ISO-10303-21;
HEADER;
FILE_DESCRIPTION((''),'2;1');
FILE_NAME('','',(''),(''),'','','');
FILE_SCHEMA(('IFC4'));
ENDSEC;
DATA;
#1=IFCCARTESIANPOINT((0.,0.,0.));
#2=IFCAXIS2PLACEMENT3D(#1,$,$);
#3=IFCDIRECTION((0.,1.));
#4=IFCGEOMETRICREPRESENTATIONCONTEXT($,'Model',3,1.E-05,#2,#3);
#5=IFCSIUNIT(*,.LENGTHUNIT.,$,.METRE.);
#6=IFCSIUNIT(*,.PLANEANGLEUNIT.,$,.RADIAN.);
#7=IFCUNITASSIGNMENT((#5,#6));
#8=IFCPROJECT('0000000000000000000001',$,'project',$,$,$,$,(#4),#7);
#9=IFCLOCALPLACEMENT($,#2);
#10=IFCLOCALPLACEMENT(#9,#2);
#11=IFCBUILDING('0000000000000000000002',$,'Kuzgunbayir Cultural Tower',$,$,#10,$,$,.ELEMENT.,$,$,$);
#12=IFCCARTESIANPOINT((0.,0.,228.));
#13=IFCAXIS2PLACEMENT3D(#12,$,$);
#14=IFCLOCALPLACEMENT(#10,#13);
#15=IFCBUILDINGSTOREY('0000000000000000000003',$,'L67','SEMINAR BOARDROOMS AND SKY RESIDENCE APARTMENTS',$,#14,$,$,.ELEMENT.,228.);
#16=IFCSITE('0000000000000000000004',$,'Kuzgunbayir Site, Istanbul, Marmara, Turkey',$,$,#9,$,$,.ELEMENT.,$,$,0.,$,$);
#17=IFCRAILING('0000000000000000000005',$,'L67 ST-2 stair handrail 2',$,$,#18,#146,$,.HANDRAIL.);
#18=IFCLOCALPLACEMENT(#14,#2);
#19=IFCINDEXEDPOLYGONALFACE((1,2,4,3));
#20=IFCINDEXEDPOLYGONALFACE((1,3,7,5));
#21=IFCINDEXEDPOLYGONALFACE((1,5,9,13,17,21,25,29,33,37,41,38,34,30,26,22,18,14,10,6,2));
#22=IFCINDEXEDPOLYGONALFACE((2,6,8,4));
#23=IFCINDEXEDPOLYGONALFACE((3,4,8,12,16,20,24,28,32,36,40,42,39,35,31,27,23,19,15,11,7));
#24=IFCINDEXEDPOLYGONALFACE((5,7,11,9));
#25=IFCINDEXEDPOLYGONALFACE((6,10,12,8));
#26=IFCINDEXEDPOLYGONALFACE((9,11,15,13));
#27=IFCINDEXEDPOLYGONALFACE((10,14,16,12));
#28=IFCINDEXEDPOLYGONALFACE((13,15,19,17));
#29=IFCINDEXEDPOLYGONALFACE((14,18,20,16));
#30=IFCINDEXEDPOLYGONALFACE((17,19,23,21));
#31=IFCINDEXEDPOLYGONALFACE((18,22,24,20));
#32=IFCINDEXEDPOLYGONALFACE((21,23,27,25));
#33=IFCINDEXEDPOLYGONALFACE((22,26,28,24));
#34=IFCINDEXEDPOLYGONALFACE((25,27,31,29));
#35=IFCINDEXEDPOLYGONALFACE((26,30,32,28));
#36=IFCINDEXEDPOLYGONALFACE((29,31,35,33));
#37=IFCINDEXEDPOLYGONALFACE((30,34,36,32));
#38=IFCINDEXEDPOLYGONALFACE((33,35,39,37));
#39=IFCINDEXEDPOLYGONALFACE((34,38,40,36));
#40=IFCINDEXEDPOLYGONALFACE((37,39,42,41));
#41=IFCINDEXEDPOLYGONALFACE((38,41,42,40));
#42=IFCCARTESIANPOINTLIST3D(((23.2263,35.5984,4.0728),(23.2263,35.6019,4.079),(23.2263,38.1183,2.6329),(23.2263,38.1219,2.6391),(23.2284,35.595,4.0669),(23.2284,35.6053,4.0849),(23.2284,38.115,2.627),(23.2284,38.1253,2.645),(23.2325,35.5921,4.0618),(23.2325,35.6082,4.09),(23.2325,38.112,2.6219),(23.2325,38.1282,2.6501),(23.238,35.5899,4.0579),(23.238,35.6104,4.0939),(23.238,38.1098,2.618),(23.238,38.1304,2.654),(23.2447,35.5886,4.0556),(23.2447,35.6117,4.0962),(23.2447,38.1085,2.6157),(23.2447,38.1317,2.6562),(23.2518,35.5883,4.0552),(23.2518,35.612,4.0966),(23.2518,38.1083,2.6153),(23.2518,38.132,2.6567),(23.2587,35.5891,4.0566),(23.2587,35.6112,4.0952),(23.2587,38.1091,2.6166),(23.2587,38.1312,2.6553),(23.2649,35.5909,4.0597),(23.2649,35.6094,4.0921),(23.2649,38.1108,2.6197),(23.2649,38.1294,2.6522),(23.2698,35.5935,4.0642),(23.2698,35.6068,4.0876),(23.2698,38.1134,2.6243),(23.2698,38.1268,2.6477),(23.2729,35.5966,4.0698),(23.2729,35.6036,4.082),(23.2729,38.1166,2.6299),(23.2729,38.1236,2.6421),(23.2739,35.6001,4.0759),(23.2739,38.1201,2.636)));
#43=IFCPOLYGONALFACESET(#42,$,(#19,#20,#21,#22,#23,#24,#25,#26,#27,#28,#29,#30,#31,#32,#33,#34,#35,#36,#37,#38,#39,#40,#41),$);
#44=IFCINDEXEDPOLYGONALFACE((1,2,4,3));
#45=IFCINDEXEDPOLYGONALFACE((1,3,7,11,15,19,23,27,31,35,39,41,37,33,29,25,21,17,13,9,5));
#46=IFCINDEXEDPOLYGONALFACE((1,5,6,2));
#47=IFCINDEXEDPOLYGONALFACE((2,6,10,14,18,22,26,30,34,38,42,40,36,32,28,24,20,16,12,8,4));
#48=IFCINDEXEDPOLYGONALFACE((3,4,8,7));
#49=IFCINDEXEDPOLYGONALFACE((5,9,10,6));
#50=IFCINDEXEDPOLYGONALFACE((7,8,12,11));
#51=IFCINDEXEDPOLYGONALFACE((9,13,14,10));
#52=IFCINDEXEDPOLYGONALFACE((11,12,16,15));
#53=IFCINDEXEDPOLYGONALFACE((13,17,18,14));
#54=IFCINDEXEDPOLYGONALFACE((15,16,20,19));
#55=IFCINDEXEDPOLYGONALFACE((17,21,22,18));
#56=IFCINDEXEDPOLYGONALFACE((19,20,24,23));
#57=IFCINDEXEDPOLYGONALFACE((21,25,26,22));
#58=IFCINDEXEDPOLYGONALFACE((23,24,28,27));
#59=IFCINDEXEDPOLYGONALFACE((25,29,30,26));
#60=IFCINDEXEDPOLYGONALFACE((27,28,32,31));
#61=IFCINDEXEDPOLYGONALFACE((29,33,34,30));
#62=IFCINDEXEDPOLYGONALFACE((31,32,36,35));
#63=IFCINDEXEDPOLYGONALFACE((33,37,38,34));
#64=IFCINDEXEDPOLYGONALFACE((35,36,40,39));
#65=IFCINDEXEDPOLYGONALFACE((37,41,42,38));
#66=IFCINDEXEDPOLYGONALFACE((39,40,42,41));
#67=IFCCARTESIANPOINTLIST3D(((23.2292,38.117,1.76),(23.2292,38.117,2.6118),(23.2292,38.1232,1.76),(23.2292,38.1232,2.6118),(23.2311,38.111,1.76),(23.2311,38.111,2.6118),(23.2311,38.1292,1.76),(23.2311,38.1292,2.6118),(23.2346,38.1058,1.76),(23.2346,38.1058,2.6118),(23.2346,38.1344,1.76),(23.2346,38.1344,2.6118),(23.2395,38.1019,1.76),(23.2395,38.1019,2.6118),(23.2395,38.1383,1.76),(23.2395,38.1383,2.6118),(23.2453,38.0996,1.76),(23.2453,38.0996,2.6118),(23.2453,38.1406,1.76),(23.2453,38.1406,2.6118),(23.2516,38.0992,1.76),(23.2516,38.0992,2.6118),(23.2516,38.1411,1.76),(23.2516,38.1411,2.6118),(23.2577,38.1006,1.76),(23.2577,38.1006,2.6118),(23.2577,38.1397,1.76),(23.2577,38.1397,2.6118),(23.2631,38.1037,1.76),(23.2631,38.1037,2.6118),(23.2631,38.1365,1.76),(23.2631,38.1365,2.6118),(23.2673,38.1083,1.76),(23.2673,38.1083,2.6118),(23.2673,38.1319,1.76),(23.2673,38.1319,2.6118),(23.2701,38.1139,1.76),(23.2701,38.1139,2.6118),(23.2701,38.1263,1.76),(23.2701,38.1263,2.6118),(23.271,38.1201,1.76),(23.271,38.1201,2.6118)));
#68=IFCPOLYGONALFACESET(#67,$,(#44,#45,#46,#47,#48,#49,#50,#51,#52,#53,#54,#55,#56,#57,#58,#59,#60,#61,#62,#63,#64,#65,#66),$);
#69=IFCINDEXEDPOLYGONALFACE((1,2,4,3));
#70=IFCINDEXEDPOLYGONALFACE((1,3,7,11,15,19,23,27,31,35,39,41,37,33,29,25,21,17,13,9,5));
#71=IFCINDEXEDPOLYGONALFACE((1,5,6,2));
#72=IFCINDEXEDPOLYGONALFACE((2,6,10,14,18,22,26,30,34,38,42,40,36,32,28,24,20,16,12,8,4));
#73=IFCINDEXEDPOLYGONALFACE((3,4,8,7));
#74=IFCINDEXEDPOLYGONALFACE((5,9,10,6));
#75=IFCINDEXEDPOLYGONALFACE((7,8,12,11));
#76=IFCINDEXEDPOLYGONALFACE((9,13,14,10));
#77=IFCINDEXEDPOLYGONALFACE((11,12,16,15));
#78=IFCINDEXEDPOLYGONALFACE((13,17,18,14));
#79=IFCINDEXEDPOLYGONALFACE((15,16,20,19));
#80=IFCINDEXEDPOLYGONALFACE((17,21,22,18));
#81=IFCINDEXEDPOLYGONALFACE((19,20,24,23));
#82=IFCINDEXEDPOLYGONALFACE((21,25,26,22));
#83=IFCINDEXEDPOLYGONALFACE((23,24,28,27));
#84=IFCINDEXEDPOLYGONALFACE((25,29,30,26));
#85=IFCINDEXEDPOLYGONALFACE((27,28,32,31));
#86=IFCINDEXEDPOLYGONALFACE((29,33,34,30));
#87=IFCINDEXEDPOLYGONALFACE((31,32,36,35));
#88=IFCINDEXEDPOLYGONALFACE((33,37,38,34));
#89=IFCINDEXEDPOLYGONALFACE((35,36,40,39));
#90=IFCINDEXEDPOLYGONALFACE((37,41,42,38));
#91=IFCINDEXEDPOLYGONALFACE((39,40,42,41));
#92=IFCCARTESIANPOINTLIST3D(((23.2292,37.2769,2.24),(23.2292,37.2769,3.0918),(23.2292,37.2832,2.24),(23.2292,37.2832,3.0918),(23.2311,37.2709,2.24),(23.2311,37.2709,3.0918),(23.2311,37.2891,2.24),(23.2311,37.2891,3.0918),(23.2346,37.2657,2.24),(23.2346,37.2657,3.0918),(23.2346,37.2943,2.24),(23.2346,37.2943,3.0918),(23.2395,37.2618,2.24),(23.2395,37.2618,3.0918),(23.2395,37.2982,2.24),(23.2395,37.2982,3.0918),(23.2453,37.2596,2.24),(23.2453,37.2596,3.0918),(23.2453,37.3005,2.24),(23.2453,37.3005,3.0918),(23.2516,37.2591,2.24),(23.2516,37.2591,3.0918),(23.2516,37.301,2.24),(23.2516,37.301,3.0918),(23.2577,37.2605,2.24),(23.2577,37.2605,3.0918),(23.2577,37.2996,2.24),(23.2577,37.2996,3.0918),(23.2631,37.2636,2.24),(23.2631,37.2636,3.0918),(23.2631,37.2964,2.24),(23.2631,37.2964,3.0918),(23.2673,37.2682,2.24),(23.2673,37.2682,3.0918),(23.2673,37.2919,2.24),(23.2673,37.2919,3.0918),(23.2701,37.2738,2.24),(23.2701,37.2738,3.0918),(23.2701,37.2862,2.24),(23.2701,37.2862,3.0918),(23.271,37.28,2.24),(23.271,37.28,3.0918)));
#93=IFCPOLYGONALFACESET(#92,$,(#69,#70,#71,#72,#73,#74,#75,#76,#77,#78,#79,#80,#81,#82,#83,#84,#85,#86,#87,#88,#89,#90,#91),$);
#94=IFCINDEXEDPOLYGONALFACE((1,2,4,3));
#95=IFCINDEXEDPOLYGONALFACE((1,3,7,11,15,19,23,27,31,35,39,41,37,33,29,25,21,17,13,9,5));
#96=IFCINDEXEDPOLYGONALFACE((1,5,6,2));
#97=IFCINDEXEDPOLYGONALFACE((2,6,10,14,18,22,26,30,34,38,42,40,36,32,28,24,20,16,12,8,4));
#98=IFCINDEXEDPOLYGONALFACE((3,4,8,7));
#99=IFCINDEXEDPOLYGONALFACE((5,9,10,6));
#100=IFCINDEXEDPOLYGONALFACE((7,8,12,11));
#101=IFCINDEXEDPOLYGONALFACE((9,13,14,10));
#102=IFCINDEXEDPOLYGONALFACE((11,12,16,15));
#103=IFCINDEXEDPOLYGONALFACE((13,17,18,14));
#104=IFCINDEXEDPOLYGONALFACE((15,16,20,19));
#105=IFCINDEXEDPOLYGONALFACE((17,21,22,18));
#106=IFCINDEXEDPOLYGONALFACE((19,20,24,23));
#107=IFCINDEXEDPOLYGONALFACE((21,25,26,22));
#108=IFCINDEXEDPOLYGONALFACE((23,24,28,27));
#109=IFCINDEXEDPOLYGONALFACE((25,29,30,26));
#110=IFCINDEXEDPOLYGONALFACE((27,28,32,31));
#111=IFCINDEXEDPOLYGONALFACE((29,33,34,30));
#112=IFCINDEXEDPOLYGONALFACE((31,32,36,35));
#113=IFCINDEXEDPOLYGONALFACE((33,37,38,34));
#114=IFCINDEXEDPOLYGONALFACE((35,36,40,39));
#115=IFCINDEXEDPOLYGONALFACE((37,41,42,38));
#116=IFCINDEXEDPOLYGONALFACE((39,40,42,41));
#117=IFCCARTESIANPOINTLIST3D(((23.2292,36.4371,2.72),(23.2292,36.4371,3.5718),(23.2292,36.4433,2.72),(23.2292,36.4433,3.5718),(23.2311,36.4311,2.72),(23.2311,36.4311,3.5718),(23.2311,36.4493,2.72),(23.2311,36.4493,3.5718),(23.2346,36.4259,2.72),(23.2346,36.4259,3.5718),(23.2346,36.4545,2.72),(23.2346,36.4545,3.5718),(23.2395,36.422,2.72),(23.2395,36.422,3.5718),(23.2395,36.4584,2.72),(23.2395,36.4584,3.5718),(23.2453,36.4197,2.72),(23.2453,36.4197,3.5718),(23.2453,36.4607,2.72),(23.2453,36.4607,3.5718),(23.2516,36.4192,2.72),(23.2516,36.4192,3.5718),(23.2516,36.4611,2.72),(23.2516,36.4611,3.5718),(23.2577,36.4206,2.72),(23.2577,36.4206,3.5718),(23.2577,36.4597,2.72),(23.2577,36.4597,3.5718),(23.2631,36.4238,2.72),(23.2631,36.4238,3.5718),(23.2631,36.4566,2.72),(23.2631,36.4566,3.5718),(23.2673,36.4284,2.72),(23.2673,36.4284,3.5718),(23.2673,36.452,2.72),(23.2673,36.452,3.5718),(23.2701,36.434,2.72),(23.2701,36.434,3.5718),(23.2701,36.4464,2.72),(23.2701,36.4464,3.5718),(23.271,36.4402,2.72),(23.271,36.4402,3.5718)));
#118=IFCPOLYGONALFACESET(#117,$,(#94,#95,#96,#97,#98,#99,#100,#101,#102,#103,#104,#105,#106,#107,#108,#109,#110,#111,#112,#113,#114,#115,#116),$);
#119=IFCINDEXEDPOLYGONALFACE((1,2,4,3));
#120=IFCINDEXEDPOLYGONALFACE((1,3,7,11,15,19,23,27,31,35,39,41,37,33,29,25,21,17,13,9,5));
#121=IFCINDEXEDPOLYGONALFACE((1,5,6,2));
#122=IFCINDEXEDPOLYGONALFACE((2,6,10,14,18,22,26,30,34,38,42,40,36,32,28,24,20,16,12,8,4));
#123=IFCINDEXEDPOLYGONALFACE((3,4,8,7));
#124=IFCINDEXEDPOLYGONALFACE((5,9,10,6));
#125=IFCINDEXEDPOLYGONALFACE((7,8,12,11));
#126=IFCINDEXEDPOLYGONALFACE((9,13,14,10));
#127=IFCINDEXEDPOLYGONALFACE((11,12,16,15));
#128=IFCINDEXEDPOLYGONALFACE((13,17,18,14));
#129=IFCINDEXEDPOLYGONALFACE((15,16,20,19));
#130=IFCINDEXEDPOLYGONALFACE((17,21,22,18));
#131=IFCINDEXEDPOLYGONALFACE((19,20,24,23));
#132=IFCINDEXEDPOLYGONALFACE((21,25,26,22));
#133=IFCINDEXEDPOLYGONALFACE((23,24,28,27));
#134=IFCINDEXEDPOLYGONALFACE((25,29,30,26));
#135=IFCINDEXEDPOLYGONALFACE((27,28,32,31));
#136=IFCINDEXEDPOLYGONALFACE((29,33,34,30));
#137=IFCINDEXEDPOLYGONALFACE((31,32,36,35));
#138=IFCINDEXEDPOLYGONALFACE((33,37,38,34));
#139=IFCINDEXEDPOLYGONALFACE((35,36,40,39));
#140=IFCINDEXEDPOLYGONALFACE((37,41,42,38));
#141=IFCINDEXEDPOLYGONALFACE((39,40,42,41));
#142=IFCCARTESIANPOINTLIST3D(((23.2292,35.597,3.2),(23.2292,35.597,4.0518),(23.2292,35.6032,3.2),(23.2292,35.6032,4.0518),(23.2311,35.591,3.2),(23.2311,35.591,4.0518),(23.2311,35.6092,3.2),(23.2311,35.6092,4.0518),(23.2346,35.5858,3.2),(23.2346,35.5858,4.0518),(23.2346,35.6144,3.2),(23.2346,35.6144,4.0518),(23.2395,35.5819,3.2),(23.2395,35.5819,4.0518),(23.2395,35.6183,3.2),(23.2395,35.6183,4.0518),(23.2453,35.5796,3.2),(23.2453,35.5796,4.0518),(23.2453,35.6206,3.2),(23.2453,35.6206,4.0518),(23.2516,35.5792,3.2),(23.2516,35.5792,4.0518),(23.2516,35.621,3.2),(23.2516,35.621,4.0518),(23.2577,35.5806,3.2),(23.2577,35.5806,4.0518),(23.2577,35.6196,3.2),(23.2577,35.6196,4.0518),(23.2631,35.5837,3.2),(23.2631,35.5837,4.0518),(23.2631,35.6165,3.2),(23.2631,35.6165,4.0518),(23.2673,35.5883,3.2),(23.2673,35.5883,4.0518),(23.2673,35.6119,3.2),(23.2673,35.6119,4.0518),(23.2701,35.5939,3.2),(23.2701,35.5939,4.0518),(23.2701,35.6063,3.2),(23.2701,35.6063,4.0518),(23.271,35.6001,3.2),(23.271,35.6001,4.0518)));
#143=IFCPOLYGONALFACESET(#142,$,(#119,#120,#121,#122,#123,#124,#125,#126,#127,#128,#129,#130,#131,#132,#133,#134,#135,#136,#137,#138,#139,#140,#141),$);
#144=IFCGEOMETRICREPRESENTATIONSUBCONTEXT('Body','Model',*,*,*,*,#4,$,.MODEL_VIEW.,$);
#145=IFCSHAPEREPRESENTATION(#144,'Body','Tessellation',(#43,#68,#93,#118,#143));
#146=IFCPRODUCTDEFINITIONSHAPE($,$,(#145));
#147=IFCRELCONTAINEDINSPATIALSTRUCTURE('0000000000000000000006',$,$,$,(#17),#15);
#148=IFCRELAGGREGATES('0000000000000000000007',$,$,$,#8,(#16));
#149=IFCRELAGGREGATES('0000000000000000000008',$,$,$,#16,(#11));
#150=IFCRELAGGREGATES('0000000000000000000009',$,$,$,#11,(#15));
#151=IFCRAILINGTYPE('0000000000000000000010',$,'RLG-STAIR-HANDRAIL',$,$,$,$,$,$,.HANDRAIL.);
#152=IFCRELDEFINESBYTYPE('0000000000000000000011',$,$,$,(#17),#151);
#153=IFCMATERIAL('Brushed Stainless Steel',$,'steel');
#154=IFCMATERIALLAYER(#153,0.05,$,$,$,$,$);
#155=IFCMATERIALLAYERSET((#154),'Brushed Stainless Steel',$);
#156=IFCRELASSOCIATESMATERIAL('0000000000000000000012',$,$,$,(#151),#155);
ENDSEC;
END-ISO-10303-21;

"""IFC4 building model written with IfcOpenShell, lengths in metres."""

from ifc_helpers import new_model, si_unit, direction, frame, origin, origin_2d, place, context, subcontext, project, spatial, circle, extrude, material, layer, layer_set, type_object, element, save


model = new_model("IFC4")

# Units and contexts
model_context = context("Model", 3, precision=1e-05, world=origin(), true_north=direction((0.0, 1.0)))
body_context = subcontext(model_context, "Body", "Model", "MODEL_VIEW")
ifc_project = project(units=[si_unit("LENGTHUNIT", "METRE"), si_unit("PLANEANGLEUNIT", "RADIAN")], contexts=[model_context])

# Site, building, storey
site_placement = place(None, origin())
site = spatial("IfcSite", under=ifc_project, at=site_placement, Name="Kuzgunbayir Site, Istanbul, Marmara, Turkey", CompositionType="ELEMENT", RefElevation=0.0)
building_placement = place(site_placement, origin())
building = spatial("IfcBuilding", under=site, at=building_placement, Name="Kuzgunbayir Cultural Tower", CompositionType="ELEMENT")
storey_placement = place(building_placement, frame((0.0, 0.0, 228.0)))
storey = spatial("IfcBuildingStorey", under=building, at=storey_placement, Name="L67", Description="SEMINAR BOARDROOMS AND SKY RESIDENCE APARTMENTS", CompositionType="ELEMENT", Elevation=228.0)

# Shared definitions
ifc_material_1 = material(Name="Brushed Stainless Steel", Category="steel")

# Railing
ifc_layer_1 = layer(ifc_material_1, 0.05)
ifc_layer_set_1 = layer_set([ifc_layer_1], Name="Brushed Stainless Steel")
railing_type_1 = type_object("IfcRailingType", Name="RLG-STAIR-HANDRAIL", PredefinedType="HANDRAIL", material=ifc_layer_set_1)
railing_1_placement = place(storey_placement, frame((23.25, 38.1201, 1.76)))
element("IfcRailing", 1, at=railing_1_placement, inside=storey, type_object=railing_type_1, Name="L67 ST-2 stair handrail 2", PredefinedType="HANDRAIL", context=body_context, shape_type="SweptSolid", body=[
    extrude(circle(Radius=0.0239, at=origin_2d()), frame((0.0, 0.0, 0.876), z_axis=(0.0, -0.868253, 0.496121), x_axis=(1.0, 0.0, 0.0)), (0.0, 0.0, 1.0), 2.9023),
    extrude(circle(Radius=0.021, at=origin_2d()), origin(), (0.0, 0.0, 1.0), 0.8518),
    extrude(circle(Radius=0.021, at=origin_2d()), frame((0.0, -0.8401, 0.48)), (0.0, 0.0, 1.0), 0.8518),
    extrude(circle(Radius=0.021, at=origin_2d()), frame((0.0, -1.6799, 0.96)), (0.0, 0.0, 1.0), 0.8518),
    extrude(circle(Radius=0.021, at=origin_2d()), frame((0.0, -2.52, 1.4399)), (0.0, 0.0, 1.0), 0.8518),
])

save(model, "model.ifc")
